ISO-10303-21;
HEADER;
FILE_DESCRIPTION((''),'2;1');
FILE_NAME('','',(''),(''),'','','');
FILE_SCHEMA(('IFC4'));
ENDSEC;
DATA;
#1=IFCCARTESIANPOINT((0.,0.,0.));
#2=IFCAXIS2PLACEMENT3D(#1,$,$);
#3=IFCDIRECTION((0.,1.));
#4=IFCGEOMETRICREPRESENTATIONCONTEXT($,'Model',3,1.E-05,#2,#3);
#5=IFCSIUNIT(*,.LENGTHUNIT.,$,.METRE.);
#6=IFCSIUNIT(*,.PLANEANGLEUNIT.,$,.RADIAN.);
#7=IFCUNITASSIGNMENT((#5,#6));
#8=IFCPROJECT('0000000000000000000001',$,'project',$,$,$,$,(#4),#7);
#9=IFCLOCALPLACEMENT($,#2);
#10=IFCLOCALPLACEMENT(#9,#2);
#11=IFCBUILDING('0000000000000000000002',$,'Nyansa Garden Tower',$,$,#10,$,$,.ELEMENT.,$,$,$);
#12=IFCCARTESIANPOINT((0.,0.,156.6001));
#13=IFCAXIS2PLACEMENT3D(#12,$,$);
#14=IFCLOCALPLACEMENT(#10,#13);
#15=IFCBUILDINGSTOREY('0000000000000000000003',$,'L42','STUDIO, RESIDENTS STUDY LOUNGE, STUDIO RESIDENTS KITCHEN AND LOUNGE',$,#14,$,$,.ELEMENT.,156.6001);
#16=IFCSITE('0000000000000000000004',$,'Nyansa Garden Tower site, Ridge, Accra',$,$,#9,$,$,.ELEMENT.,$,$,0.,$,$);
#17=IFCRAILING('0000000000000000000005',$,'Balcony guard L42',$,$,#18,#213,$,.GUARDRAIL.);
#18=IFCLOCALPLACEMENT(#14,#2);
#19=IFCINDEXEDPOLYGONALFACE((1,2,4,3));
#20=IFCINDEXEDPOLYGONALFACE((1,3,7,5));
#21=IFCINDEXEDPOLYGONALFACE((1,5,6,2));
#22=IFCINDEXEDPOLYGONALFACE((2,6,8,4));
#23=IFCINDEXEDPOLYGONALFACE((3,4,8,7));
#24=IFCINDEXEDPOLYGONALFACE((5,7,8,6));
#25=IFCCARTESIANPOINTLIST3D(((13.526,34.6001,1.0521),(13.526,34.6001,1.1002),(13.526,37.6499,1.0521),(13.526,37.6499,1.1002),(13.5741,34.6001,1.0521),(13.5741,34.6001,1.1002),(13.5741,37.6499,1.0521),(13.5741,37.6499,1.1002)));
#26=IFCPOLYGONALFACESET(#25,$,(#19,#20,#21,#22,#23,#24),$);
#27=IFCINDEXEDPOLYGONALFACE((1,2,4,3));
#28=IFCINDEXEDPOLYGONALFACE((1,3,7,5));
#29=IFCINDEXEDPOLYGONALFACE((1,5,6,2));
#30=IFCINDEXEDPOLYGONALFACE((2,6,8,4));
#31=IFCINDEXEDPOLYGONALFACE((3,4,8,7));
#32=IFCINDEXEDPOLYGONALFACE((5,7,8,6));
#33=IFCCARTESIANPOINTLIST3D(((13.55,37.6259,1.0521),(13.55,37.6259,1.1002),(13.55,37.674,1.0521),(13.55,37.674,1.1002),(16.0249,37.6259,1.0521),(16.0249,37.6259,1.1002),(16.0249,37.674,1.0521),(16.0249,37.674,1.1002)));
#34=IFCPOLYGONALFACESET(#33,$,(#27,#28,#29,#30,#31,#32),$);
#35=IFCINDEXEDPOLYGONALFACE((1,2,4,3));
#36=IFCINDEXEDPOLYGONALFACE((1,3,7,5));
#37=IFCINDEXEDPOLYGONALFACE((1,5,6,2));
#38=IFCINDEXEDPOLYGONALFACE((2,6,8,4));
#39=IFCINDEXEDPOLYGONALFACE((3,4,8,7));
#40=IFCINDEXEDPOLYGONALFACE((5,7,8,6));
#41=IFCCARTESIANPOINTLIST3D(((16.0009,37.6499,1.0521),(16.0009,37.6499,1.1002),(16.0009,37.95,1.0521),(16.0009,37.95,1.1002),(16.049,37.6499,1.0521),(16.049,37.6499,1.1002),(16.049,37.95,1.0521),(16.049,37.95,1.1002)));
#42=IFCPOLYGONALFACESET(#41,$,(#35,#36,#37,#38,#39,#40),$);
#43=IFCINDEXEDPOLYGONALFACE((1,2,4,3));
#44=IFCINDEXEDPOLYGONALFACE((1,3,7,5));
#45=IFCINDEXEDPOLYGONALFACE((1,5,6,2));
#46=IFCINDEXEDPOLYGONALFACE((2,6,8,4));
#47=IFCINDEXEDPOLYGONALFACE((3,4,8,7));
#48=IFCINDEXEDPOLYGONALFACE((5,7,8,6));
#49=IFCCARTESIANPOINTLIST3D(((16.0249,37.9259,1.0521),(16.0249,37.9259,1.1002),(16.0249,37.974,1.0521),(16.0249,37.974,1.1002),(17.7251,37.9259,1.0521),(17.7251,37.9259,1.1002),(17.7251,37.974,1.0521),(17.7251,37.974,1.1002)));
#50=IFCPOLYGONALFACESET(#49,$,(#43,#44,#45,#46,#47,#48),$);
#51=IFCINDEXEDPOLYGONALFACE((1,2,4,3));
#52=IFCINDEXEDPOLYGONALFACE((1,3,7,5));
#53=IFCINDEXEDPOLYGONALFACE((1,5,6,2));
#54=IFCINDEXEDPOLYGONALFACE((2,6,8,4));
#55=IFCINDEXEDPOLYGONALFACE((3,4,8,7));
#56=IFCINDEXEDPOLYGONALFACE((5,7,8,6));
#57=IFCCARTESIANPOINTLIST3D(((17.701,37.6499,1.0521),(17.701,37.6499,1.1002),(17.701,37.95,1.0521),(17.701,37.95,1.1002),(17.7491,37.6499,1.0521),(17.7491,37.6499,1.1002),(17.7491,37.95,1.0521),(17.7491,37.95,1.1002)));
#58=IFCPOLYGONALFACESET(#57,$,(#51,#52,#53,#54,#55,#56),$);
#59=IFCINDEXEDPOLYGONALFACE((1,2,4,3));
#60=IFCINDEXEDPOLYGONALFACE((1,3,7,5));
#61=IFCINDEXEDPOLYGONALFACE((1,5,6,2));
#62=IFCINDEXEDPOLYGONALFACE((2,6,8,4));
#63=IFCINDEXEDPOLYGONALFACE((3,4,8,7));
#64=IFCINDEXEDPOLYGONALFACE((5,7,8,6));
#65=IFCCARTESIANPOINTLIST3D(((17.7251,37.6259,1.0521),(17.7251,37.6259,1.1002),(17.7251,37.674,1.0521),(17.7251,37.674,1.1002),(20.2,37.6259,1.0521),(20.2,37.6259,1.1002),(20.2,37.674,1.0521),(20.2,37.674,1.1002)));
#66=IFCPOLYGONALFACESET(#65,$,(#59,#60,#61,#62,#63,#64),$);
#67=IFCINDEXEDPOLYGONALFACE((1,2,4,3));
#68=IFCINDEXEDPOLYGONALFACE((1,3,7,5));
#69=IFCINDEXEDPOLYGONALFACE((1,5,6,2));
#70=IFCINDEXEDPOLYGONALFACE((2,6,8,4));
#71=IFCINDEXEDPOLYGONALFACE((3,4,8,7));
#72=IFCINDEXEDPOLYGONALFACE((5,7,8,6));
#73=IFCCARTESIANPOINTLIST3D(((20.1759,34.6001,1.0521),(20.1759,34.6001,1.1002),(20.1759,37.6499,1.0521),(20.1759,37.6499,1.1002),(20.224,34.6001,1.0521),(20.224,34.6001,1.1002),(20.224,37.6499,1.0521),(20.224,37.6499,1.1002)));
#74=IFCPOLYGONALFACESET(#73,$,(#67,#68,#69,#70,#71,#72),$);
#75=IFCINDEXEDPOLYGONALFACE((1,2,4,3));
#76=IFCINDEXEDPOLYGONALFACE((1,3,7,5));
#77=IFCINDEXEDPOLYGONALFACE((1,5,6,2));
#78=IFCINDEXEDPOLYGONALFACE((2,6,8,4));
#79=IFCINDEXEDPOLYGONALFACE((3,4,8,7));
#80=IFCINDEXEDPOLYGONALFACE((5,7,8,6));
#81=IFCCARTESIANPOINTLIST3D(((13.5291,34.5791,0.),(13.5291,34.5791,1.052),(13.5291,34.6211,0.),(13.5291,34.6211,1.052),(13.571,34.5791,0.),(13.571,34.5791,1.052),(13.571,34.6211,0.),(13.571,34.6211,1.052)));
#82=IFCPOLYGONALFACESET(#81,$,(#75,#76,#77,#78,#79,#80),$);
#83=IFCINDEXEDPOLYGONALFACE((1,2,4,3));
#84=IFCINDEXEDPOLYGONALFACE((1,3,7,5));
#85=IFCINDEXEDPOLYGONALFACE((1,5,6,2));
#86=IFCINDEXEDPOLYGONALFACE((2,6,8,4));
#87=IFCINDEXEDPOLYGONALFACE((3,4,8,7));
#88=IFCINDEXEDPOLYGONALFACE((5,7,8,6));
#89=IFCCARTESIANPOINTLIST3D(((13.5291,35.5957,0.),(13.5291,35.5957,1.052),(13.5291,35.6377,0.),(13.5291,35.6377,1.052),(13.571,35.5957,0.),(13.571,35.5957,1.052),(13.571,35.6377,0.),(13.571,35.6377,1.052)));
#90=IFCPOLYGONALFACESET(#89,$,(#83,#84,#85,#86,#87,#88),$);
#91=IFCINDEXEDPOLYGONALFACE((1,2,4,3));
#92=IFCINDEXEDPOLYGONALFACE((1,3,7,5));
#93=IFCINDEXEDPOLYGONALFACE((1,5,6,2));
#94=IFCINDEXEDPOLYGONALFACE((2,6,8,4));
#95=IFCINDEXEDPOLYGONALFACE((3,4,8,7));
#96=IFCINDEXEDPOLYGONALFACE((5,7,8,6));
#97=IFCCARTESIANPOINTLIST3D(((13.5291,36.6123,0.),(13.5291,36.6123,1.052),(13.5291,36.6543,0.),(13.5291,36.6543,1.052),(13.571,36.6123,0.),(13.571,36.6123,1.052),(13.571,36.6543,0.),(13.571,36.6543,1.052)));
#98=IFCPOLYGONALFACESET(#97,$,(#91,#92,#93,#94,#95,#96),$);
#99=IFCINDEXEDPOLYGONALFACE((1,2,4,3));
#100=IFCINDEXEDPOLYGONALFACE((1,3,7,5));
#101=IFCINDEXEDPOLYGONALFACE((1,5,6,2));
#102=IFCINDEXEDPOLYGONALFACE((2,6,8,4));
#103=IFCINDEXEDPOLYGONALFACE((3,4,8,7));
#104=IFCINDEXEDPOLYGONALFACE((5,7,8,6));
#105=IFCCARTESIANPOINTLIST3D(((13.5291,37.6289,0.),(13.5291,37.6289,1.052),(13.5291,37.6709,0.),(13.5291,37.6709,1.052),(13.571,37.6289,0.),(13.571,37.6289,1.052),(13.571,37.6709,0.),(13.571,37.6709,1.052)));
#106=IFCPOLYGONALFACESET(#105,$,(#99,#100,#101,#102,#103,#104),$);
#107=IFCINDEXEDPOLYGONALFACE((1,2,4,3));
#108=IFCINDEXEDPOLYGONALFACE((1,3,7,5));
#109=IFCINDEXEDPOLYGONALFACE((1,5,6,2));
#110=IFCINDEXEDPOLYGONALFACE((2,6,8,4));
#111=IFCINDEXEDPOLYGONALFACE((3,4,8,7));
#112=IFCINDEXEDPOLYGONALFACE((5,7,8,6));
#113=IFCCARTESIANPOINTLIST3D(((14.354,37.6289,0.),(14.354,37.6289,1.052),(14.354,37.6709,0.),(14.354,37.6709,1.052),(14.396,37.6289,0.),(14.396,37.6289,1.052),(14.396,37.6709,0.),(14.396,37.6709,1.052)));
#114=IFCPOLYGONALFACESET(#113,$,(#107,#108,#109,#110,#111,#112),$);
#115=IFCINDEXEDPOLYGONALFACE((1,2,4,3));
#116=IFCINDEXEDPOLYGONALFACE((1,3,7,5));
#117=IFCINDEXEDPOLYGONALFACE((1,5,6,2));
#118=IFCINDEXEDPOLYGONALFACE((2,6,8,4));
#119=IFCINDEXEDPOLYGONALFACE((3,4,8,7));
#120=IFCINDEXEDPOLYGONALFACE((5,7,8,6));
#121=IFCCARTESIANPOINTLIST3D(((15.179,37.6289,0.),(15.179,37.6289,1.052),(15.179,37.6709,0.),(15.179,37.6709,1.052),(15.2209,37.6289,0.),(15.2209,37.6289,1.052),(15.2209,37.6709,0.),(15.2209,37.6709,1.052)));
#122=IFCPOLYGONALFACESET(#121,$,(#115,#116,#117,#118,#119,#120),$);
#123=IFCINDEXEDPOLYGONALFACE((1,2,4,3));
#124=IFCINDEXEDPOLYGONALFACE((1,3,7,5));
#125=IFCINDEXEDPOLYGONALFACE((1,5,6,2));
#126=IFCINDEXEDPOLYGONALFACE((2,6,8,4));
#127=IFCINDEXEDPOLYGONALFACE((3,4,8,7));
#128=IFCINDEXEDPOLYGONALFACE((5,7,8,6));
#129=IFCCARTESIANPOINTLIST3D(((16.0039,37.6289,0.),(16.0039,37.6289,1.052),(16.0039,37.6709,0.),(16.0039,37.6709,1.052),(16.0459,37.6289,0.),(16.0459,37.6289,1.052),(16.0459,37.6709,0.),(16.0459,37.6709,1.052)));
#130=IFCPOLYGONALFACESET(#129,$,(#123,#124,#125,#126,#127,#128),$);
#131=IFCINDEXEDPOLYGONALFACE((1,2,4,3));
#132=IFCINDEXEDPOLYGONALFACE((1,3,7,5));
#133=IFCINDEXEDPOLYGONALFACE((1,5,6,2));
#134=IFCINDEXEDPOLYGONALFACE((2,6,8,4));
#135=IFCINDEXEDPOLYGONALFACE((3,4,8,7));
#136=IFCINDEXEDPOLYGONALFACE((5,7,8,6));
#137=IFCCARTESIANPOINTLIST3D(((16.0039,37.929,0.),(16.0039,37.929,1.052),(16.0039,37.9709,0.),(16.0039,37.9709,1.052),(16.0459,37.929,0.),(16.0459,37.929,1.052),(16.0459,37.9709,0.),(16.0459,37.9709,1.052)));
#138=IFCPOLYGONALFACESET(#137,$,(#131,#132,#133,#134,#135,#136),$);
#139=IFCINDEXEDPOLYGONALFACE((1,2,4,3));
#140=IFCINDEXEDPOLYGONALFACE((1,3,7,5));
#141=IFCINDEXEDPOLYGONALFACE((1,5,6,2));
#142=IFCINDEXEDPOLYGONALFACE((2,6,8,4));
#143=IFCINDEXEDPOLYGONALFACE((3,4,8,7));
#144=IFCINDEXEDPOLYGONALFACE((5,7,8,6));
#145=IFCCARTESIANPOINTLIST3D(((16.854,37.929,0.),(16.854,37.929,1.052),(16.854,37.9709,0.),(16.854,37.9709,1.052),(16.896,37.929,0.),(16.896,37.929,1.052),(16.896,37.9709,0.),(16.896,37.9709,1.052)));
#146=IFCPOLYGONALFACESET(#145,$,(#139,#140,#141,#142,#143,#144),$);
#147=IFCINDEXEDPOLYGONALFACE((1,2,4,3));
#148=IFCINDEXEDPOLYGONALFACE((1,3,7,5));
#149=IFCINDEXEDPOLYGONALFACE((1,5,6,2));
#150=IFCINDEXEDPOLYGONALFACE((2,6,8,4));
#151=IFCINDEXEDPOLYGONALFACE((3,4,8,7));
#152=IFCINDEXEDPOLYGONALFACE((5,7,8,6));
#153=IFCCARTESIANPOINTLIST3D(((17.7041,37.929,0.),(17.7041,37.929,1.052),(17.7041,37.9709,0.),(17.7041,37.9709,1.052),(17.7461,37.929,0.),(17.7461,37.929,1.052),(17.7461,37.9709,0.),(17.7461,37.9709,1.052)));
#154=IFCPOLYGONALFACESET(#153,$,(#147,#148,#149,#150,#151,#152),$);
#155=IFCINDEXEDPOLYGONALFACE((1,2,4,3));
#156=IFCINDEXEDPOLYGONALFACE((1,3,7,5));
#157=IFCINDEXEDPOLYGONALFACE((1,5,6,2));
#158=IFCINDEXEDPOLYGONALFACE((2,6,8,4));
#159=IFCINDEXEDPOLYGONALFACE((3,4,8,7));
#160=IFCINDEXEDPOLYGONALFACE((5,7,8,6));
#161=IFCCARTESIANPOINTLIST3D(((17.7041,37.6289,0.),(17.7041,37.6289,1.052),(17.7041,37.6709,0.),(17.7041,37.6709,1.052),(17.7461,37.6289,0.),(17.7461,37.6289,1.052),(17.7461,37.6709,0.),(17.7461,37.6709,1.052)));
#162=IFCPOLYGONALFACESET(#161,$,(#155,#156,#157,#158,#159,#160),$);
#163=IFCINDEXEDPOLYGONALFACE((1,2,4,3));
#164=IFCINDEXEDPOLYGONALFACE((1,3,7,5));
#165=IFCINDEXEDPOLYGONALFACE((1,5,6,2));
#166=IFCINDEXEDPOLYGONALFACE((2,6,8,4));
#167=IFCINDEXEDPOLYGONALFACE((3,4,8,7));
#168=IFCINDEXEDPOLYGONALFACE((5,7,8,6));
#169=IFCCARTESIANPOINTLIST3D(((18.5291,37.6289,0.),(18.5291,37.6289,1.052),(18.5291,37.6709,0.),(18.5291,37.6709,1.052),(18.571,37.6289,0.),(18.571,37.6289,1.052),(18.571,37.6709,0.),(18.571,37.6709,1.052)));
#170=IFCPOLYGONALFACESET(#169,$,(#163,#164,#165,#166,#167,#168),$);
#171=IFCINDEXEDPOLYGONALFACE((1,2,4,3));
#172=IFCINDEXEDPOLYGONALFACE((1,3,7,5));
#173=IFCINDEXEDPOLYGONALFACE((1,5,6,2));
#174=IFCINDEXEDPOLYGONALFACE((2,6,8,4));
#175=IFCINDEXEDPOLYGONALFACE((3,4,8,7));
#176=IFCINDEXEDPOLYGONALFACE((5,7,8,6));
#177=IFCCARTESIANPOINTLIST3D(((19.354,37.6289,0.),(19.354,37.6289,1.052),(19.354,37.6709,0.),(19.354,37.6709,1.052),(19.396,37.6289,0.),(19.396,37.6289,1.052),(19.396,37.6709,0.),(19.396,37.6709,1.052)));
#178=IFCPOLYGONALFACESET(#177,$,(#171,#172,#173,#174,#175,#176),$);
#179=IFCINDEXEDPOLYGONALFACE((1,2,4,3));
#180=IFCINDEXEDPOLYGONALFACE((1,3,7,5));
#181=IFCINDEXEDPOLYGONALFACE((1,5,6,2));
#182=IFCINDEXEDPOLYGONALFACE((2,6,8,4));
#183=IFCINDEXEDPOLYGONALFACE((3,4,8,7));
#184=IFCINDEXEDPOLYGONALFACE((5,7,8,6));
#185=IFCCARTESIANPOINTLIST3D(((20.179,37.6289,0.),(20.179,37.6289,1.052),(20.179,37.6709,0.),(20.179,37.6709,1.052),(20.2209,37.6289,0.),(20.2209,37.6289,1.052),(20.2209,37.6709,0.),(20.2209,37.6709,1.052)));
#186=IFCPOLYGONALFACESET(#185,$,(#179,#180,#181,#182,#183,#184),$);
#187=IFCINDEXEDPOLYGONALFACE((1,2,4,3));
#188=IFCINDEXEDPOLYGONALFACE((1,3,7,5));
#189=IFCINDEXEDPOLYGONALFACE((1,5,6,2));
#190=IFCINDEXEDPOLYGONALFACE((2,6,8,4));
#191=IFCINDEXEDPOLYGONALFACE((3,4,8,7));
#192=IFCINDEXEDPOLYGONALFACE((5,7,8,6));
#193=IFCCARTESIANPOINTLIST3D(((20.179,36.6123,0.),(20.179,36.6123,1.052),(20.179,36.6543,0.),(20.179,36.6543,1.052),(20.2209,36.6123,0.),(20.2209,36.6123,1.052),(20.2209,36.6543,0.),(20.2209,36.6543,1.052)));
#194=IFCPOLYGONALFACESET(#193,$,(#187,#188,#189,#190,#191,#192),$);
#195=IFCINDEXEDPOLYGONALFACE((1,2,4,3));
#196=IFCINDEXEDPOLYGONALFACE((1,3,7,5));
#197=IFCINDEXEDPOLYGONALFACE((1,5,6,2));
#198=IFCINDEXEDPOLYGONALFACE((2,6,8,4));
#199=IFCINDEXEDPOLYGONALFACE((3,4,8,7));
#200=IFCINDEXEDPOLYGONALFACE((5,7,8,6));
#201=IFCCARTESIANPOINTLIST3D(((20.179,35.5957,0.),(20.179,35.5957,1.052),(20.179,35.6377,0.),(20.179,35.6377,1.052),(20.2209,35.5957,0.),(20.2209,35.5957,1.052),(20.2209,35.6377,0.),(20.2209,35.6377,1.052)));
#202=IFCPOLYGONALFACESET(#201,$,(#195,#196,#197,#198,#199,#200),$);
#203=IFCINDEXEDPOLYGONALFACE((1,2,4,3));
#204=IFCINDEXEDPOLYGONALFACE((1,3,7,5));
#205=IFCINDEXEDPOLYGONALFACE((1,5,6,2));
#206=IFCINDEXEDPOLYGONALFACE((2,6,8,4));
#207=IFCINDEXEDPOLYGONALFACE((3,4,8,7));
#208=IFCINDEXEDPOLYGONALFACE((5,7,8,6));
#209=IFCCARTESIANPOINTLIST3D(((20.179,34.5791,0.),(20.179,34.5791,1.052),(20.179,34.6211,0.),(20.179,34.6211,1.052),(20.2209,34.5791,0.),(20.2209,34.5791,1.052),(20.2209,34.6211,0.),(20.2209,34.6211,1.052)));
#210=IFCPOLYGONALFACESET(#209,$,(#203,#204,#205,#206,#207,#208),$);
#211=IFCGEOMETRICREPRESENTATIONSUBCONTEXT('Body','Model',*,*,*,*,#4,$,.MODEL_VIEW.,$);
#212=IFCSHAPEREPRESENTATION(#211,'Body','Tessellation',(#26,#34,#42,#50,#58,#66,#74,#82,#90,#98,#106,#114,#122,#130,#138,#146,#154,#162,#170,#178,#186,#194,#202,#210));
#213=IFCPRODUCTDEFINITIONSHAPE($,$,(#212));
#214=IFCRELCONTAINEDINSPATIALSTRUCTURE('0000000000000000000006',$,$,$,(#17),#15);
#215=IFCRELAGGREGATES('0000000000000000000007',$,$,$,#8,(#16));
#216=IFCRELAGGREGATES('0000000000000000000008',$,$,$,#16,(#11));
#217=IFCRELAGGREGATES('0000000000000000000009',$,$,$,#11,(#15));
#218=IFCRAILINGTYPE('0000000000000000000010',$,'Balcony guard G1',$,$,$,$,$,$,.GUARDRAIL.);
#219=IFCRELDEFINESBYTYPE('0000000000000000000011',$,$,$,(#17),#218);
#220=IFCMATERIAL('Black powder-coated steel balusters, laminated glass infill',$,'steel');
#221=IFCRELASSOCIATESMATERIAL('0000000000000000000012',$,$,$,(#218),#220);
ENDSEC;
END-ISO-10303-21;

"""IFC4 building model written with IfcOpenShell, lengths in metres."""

from ifc_helpers import new_model, si_unit, direction, frame, origin, origin_2d, place, context, subcontext, project, spatial, rectangle, extrude, material, type_object, element, save


model = new_model("IFC4")

# Units and contexts
model_context = context("Model", 3, precision=1e-05, world=origin(), true_north=direction((0.0, 1.0)))
body_context = subcontext(model_context, "Body", "Model", "MODEL_VIEW")
ifc_project = project(units=[si_unit("LENGTHUNIT", "METRE"), si_unit("PLANEANGLEUNIT", "RADIAN")], contexts=[model_context])

# Site, building, storey
site_placement = place(None, origin())
site = spatial("IfcSite", under=ifc_project, at=site_placement, Name="Nyansa Garden Tower site, Ridge, Accra", CompositionType="ELEMENT", RefElevation=0.0)
building_placement = place(site_placement, origin())
building = spatial("IfcBuilding", under=site, at=building_placement, Name="Nyansa Garden Tower", CompositionType="ELEMENT")
storey_placement = place(building_placement, frame((0.0, 0.0, 156.6001)))
storey = spatial("IfcBuildingStorey", under=building, at=storey_placement, Name="L42", Description="STUDIO, RESIDENTS STUDY LOUNGE, STUDIO RESIDENTS KITCHEN AND LOUNGE", CompositionType="ELEMENT", Elevation=156.6001)

# Railing
ifc_material_1 = material(Name="Black powder-coated steel balusters, laminated glass infill", Category="steel")
railing_type = type_object("IfcRailingType", Name="Balcony guard G1", PredefinedType="GUARDRAIL", material=ifc_material_1)
railing_placement = place(storey_placement, frame((13.55, 34.6001, 0.0)))
element("IfcRailing", 1, at=railing_placement, inside=storey, type_object=railing_type, Name="Balcony guard L42", PredefinedType="GUARDRAIL", context=body_context, shape_type="SweptSolid", body=[
    extrude(rectangle(XDim=0.0481, YDim=0.0481, at=origin_2d()), frame((0.0, 0.0, 1.0762), z_axis=(0.0, 1.0, 0.0), x_axis=(-1.0, 0.0, 0.0)), (0.0, 0.0, 1.0), 3.0498),
    extrude(rectangle(XDim=0.0481, YDim=0.0481, at=origin_2d()), frame((0.0, 3.0498, 1.0762), z_axis=(1.0, 0.0, 0.0), x_axis=(0.0, 1.0, 0.0)), (0.0, 0.0, 1.0), 2.4749),
    extrude(rectangle(XDim=0.0481, YDim=0.0481, at=origin_2d()), frame((2.4749, 3.0498, 1.0762), z_axis=(0.0, 1.0, 0.0), x_axis=(-1.0, 0.0, 0.0)), (0.0, 0.0, 1.0), 0.3),
    extrude(rectangle(XDim=0.0481, YDim=0.0481, at=origin_2d()), frame((2.4749, 3.3499, 1.0762), z_axis=(1.0, 0.0, 0.0), x_axis=(0.0, 1.0, 0.0)), (0.0, 0.0, 1.0), 1.7002),
    extrude(rectangle(XDim=0.0481, YDim=0.0481, at=origin_2d()), frame((4.175, 3.3499, 1.0762), z_axis=(0.0, -1.0, 0.0), x_axis=(1.0, 0.0, 0.0)), (0.0, 0.0, 1.0), 0.3),
    extrude(rectangle(XDim=0.0481, YDim=0.0481, at=origin_2d()), frame((4.175, 3.0498, 1.0762), z_axis=(1.0, 0.0, 0.0), x_axis=(0.0, 1.0, 0.0)), (0.0, 0.0, 1.0), 2.4749),
    extrude(rectangle(XDim=0.0481, YDim=0.0481, at=origin_2d()), frame((6.6499, 3.0498, 1.0762), z_axis=(0.0, -1.0, 0.0), x_axis=(1.0, 0.0, 0.0)), (0.0, 0.0, 1.0), 3.0498),
    extrude(rectangle(XDim=0.042, YDim=0.042, at=origin_2d()), origin(), (0.0, 0.0, 1.0), 1.052),
    extrude(rectangle(XDim=0.042, YDim=0.042, at=origin_2d()), frame((0.0, 1.0166, 0.0)), (0.0, 0.0, 1.0), 1.052),
    extrude(rectangle(XDim=0.042, YDim=0.042, at=origin_2d()), frame((0.0, 2.0332, 0.0)), (0.0, 0.0, 1.0), 1.052),
    extrude(rectangle(XDim=0.042, YDim=0.042, at=origin_2d()), frame((0.0, 3.0498, 0.0)), (0.0, 0.0, 1.0), 1.052),
    extrude(rectangle(XDim=0.042, YDim=0.042, at=origin_2d()), frame((0.825, 3.0498, 0.0)), (0.0, 0.0, 1.0), 1.052),
    extrude(rectangle(XDim=0.042, YDim=0.042, at=origin_2d()), frame((1.6499, 3.0498, 0.0)), (0.0, 0.0, 1.0), 1.052),
    extrude(rectangle(XDim=0.042, YDim=0.042, at=origin_2d()), frame((2.4749, 3.0498, 0.0)), (0.0, 0.0, 1.0), 1.052),
    extrude(rectangle(XDim=0.042, YDim=0.042, at=origin_2d()), frame((2.4749, 3.3499, 0.0)), (0.0, 0.0, 1.0), 1.052),
    extrude(rectangle(XDim=0.042, YDim=0.042, at=origin_2d()), frame((3.325, 3.3499, 0.0)), (0.0, 0.0, 1.0), 1.052),
    extrude(rectangle(XDim=0.042, YDim=0.042, at=origin_2d()), frame((4.175, 3.3499, 0.0)), (0.0, 0.0, 1.0), 1.052),
    extrude(rectangle(XDim=0.042, YDim=0.042, at=origin_2d()), frame((4.175, 3.0498, 0.0)), (0.0, 0.0, 1.0), 1.052),
    extrude(rectangle(XDim=0.042, YDim=0.042, at=origin_2d()), frame((5.0, 3.0498, 0.0)), (0.0, 0.0, 1.0), 1.052),
    extrude(rectangle(XDim=0.042, YDim=0.042, at=origin_2d()), frame((5.825, 3.0498, 0.0)), (0.0, 0.0, 1.0), 1.052),
    extrude(rectangle(XDim=0.042, YDim=0.042, at=origin_2d()), frame((6.6499, 3.0498, 0.0)), (0.0, 0.0, 1.0), 1.052),
    extrude(rectangle(XDim=0.042, YDim=0.042, at=origin_2d()), frame((6.6499, 2.0332, 0.0)), (0.0, 0.0, 1.0), 1.052),
    extrude(rectangle(XDim=0.042, YDim=0.042, at=origin_2d()), frame((6.6499, 1.0166, 0.0)), (0.0, 0.0, 1.0), 1.052),
    extrude(rectangle(XDim=0.042, YDim=0.042, at=origin_2d()), frame((6.6499, 0.0, 0.0)), (0.0, 0.0, 1.0), 1.052),
])

save(model, "model.ifc")
